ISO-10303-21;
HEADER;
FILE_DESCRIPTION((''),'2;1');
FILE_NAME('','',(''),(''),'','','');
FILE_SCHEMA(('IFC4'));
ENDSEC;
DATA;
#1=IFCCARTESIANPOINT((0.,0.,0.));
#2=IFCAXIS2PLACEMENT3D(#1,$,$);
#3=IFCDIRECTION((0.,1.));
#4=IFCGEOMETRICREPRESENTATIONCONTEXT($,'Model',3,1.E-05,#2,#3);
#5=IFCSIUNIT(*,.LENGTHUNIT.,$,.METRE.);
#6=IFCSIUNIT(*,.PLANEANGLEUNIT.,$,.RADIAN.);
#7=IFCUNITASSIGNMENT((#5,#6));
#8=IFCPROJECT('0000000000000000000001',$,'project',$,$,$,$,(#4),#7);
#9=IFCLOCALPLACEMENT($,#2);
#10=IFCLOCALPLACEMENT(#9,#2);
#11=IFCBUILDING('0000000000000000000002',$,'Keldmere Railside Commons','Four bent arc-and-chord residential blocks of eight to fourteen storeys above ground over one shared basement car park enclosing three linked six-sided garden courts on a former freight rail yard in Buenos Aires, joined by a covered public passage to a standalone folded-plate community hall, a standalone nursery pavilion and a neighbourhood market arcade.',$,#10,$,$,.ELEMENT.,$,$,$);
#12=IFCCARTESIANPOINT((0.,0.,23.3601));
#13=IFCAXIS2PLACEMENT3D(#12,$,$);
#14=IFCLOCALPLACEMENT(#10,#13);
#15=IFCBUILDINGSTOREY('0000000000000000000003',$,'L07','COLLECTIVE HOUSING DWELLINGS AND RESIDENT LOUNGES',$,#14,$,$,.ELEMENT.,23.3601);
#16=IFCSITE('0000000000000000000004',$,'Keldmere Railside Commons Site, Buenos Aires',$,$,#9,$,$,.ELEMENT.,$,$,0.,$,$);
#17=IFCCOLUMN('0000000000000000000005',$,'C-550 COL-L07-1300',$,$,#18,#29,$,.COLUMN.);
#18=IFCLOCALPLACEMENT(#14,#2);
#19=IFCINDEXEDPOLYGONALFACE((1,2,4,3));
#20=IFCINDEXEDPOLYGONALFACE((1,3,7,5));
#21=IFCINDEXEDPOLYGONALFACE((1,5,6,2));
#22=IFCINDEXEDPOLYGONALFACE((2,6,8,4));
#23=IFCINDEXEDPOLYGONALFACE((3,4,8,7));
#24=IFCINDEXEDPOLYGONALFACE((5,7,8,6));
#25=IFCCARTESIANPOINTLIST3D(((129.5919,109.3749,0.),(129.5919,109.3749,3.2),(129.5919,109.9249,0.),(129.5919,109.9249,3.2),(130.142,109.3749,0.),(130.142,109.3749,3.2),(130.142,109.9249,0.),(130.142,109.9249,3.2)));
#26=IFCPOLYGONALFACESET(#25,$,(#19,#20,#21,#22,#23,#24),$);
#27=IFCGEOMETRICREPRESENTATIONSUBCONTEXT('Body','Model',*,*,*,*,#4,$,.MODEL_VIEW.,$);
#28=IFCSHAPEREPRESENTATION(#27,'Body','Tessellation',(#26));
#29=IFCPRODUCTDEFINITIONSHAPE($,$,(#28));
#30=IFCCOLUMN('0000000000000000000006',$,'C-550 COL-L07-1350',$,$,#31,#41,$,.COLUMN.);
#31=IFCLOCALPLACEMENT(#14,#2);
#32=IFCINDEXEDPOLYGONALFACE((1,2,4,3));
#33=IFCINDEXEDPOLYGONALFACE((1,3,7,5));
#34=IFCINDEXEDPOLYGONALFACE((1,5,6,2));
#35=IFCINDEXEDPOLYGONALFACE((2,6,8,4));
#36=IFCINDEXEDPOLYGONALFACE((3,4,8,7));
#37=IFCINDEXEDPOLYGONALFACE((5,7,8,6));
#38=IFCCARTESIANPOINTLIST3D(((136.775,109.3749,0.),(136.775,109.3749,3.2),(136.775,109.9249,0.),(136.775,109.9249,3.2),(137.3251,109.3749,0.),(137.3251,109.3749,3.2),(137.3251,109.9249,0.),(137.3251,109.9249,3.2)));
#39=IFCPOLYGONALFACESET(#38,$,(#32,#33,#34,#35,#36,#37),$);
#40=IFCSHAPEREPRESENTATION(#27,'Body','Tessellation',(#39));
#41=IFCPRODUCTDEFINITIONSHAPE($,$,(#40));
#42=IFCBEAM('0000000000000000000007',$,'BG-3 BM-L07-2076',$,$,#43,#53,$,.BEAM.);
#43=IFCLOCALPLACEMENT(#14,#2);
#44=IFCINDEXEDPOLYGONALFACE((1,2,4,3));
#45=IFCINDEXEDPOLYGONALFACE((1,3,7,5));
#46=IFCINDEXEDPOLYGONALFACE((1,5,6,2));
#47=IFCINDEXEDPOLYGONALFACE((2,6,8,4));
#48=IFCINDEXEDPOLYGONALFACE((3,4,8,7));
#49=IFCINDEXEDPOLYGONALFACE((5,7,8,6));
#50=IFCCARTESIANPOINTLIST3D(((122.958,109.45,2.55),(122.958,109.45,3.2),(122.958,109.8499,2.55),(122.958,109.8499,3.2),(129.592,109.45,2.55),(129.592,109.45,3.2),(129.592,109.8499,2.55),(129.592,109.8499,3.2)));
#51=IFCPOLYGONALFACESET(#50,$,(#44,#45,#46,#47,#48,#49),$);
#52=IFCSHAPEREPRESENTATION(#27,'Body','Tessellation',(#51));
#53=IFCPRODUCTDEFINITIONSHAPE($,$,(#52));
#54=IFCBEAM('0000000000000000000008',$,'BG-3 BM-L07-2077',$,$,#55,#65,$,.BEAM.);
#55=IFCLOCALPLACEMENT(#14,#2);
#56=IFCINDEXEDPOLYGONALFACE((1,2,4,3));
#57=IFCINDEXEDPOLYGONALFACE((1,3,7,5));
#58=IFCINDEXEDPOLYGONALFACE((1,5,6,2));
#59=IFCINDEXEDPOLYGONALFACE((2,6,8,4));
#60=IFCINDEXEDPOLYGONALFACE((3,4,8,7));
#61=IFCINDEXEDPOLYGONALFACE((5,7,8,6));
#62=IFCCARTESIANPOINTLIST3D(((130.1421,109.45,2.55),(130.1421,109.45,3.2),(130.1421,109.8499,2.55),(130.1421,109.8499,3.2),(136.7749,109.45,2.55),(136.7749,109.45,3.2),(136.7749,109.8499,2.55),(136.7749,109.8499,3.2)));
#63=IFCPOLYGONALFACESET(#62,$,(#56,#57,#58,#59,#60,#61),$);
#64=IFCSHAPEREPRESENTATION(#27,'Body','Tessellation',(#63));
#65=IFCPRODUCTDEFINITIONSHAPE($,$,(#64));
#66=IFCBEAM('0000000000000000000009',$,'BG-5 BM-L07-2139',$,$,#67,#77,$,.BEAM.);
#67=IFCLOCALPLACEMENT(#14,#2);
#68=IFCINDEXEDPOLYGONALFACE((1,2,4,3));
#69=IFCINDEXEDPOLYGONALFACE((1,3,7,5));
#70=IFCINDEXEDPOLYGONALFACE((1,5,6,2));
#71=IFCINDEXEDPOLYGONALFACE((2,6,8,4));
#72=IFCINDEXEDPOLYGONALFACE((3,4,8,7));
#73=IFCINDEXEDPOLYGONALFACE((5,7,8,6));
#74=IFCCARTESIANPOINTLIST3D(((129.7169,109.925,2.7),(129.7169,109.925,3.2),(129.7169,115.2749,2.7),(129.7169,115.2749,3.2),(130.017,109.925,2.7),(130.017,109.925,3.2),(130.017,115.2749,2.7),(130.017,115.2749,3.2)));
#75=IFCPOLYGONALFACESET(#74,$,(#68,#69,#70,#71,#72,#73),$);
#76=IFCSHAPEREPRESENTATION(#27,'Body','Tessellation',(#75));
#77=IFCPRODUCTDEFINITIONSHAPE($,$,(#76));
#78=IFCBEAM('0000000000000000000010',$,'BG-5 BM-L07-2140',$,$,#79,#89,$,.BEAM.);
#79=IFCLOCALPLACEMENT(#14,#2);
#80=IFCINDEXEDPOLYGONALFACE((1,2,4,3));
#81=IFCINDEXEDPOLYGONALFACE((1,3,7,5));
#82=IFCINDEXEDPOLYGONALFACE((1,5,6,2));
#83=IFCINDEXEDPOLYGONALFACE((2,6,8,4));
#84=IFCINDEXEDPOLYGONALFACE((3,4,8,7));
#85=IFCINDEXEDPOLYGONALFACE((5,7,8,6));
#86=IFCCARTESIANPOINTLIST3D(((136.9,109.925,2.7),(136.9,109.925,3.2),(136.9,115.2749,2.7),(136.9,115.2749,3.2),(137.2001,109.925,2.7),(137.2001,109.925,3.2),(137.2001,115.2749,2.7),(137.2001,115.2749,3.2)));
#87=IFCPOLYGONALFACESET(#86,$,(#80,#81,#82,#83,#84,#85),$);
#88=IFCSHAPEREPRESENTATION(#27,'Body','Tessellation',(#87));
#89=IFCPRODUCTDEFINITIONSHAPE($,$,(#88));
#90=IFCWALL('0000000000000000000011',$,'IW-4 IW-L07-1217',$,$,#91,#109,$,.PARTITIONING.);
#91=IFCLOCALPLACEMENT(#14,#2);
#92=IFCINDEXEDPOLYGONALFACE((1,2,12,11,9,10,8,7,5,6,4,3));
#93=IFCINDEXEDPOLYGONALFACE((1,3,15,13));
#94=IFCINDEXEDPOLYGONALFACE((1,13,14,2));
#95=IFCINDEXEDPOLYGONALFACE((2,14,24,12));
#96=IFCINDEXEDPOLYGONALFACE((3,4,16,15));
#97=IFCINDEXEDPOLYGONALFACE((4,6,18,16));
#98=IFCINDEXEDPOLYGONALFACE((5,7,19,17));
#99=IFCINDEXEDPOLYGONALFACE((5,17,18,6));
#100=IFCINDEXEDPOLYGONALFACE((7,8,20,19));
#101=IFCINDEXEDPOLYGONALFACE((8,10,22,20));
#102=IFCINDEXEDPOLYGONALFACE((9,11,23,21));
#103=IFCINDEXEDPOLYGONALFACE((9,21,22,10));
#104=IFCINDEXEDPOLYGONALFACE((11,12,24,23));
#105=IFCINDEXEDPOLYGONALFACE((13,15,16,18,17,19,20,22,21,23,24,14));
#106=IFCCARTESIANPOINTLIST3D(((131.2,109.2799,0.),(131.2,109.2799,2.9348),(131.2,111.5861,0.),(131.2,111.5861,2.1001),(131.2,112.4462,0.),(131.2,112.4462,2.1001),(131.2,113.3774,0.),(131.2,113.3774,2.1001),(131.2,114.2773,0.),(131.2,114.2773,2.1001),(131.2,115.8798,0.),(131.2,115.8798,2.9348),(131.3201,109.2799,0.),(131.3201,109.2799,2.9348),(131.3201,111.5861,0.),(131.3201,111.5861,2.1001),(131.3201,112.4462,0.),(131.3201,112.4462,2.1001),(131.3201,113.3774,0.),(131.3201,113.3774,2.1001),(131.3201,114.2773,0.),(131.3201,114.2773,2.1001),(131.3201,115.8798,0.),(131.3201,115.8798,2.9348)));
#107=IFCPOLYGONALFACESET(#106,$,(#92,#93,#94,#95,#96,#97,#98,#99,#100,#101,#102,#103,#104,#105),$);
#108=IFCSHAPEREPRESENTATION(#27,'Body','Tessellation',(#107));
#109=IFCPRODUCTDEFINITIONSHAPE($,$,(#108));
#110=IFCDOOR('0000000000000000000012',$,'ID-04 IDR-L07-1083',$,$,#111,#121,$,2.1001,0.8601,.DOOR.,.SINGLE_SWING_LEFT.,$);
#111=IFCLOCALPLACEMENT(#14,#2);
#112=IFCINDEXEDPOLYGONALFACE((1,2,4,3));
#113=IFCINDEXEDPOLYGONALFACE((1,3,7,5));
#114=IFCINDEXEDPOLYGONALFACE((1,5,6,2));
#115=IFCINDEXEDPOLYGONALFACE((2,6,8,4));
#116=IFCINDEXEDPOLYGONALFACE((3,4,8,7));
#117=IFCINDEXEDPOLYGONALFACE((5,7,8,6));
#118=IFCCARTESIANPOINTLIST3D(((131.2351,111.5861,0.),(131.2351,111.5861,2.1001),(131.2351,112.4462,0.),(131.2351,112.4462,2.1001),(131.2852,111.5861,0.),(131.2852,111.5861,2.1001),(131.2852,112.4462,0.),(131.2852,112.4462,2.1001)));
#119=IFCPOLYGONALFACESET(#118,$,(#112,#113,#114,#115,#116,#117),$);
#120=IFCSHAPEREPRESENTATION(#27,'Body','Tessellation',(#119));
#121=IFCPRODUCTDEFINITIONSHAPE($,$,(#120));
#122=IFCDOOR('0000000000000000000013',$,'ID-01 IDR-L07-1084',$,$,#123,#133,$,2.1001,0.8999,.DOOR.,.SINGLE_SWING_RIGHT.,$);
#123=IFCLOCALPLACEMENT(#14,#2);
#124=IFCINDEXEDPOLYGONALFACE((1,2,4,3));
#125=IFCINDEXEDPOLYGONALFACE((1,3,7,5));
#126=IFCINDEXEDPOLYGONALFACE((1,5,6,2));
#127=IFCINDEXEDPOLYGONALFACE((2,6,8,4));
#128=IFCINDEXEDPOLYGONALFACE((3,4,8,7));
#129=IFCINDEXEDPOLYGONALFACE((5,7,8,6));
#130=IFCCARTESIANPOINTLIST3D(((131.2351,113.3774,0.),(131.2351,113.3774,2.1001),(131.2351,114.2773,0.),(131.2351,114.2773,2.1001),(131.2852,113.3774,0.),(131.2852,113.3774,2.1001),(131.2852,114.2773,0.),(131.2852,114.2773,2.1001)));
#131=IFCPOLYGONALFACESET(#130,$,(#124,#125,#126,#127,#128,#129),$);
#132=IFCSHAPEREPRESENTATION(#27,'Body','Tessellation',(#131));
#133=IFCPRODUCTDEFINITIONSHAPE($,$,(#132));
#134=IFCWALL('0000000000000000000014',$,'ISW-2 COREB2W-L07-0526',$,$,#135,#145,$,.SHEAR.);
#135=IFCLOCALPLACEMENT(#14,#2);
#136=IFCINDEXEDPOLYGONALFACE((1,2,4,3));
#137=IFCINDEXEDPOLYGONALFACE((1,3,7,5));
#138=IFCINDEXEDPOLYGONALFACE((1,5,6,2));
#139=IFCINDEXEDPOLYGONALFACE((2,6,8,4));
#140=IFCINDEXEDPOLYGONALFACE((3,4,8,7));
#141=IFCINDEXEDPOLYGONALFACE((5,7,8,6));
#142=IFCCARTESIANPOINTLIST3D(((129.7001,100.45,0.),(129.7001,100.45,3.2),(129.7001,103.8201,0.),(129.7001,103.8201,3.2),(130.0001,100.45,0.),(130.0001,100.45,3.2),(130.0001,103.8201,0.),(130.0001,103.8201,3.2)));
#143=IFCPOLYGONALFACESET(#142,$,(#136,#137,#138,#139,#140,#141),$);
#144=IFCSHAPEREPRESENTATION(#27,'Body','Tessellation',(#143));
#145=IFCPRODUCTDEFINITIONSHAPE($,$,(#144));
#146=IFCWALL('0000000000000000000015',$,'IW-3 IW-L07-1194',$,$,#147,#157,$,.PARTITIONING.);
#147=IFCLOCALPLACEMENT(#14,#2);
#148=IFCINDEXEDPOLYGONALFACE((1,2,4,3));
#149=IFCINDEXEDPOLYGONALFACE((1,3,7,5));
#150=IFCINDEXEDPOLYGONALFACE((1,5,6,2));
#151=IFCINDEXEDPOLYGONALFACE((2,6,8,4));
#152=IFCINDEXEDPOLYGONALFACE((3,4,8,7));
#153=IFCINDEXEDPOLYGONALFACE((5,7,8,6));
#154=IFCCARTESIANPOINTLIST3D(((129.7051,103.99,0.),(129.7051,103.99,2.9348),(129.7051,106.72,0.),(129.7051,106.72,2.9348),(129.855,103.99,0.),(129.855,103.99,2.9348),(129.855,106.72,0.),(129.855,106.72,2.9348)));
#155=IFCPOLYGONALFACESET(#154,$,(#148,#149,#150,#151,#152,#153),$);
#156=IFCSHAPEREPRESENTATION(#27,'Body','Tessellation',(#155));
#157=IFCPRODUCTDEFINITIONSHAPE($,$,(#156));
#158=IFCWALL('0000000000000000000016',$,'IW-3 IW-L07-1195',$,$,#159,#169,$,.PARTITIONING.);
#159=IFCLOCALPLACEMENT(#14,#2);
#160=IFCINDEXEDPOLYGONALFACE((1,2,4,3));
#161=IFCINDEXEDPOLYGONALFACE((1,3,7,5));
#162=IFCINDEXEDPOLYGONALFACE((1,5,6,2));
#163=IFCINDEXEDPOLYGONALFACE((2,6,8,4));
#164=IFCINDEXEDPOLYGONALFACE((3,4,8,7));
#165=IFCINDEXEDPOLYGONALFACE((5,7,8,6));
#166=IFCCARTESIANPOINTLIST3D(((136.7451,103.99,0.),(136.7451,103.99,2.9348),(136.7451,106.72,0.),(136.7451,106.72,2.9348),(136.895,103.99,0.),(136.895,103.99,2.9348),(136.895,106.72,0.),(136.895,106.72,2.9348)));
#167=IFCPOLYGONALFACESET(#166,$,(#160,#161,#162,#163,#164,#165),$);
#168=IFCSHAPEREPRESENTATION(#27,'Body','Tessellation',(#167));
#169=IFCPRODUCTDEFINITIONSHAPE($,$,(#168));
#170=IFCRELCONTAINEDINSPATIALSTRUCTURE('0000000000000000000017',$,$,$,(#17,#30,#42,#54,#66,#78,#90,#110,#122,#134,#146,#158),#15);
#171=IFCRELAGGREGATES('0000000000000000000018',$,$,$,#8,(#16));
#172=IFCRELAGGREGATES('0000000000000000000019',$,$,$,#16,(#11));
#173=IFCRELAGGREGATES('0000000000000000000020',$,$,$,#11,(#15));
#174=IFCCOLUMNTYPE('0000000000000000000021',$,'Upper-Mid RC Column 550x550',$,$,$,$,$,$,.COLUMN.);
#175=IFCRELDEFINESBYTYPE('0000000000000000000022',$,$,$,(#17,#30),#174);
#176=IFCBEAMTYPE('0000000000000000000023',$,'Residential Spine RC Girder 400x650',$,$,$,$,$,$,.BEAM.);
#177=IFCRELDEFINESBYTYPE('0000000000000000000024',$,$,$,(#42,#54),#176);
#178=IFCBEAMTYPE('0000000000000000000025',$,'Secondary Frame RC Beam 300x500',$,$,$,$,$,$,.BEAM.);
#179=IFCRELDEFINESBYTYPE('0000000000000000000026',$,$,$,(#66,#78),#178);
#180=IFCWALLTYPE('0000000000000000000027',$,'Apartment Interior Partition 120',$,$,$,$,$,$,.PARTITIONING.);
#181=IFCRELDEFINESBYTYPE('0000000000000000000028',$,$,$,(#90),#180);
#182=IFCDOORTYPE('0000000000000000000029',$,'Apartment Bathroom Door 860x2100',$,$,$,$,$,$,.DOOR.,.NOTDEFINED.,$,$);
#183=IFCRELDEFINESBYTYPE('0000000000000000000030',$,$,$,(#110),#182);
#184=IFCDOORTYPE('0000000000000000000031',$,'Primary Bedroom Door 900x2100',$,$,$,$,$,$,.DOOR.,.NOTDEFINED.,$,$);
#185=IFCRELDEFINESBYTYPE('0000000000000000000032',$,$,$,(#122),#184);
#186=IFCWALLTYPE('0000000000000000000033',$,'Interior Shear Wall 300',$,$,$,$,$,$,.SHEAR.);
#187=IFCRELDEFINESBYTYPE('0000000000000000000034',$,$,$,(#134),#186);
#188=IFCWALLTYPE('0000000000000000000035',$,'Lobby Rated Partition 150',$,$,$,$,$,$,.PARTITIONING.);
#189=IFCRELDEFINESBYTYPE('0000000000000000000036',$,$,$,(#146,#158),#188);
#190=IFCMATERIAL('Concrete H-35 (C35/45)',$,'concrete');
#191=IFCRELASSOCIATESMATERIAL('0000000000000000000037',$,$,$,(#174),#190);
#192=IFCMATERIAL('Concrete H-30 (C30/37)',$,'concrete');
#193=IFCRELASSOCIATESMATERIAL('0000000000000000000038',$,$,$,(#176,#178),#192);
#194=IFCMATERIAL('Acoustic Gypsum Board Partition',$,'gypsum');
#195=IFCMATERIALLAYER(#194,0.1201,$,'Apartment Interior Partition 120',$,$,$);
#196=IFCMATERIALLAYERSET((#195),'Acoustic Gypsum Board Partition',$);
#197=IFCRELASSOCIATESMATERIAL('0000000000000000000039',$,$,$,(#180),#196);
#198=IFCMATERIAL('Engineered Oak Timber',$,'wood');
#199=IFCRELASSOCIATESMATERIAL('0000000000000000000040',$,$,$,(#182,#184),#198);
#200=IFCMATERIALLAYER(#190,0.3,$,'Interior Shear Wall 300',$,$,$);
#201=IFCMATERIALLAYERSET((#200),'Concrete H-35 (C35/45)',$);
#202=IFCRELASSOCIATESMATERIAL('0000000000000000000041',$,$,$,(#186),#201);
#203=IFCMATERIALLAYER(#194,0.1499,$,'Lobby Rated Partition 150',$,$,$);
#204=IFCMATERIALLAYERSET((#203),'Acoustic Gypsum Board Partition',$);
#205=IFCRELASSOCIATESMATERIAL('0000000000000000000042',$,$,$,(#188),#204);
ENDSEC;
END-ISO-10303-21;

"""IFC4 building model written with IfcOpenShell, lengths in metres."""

from ifc_helpers import new_model, si_unit, direction, frame, frame_2d, origin, origin_2d, place, context, subcontext, project, spatial, rectangle, extrude, material, layer, layer_set, material_profile, profile_set, type_object, element, fill, save


model = new_model("IFC4")

# Units and contexts
model_context = context("Model", 3, precision=1e-05, world=origin(), true_north=direction((0.0, 1.0)))
body_context = subcontext(model_context, "Body", "Model", "MODEL_VIEW")
ifc_project = project(units=[si_unit("LENGTHUNIT", "METRE"), si_unit("PLANEANGLEUNIT", "RADIAN")], contexts=[model_context])

# Site, building, storey
site_placement = place(None, origin())
site = spatial("IfcSite", under=ifc_project, at=site_placement, Name="Keldmere Railside Commons Site, Buenos Aires", CompositionType="ELEMENT", RefElevation=0.0)
building_placement = place(site_placement, origin())
building = spatial("IfcBuilding", under=site, at=building_placement, Name="Keldmere Railside Commons", Description="Four bent arc-and-chord residential blocks of eight to fourteen storeys above ground over one shared basement car park enclosing three linked six-sided garden courts on a former freight rail yard in Buenos Aires, joined by a covered public passage to a standalone folded-plate community hall, a standalone nursery pavilion and a neighbourhood market arcade.", CompositionType="ELEMENT")
storey_placement = place(building_placement, frame((0.0, 0.0, 23.3601)))
storey = spatial("IfcBuildingStorey", under=building, at=storey_placement, Name="L07", Description="COLLECTIVE HOUSING DWELLINGS AND RESIDENT LOUNGES", CompositionType="ELEMENT", Elevation=23.3601)

# Columns
ifc_material_1 = material(Name="Concrete H-35 (C35/45)", Category="concrete")
ifc_material_profile_1 = material_profile(ifc_material_1, rectangle(XDim=0.55, YDim=0.55, at=origin_2d()), Name="RC-550x550")
ifc_profile_set_1 = profile_set([ifc_material_profile_1], Name="Concrete H-35 (C35/45)")
column_type = type_object("IfcColumnType", Name="Upper-Mid RC Column 550x550", PredefinedType="COLUMN", material=ifc_profile_set_1)
for number, where, z_axis, x_axis, name in (
    (1, (129.8669, 109.6499, 0.0), (0.0, 0.0, 1.0), (1.0, 0.0, 0.0), "C-550 COL-L07-1300"),
    (2, (137.05, 109.6499, 0.0), (0.0, 0.0, 1.0), (1.0, 0.0, 0.0), "C-550 COL-L07-1350"),
):
    element("IfcColumn", number, at=place(storey_placement, frame(where, z_axis=z_axis, x_axis=x_axis)), inside=storey, type_object=column_type, Name=name, PredefinedType="COLUMN", context=body_context, shape_type="SweptSolid", body=[
        extrude(rectangle(XDim=0.55, YDim=0.55, at=origin_2d()), origin(), (0.0, 0.0, 1.0), 3.2),
    ])

# Beams
ifc_material_2 = material(Name="Concrete H-30 (C30/37)", Category="concrete")
ifc_material_profile_2 = material_profile(ifc_material_2, rectangle(XDim=0.3999, YDim=0.6499, at=origin_2d()), Name="RC-400x650")
ifc_profile_set_2 = profile_set([ifc_material_profile_2], Name="Concrete H-30 (C30/37)")
beam_type_1 = type_object("IfcBeamType", Name="Residential Spine RC Girder 400x650", PredefinedType="BEAM", material=ifc_profile_set_2)
beam_1_placement = place(storey_placement, frame((122.958, 109.6499, 2.875), z_axis=(1.0, 0.0, 0.0), x_axis=(0.0, 1.0, 0.0)))
element("IfcBeam", 3, at=beam_1_placement, inside=storey, type_object=beam_type_1, Name="BG-3 BM-L07-2076", PredefinedType="BEAM", context=body_context, shape_type="SweptSolid", body=[
    extrude(rectangle(XDim=0.3999, YDim=0.6499, at=origin_2d()), origin(), (0.0, 0.0, 1.0), 6.634),
])
beam_2_placement = place(storey_placement, frame((130.1421, 109.6499, 2.875), z_axis=(1.0, 0.0, 0.0), x_axis=(0.0, 1.0, 0.0)))
element("IfcBeam", 4, at=beam_2_placement, inside=storey, type_object=beam_type_1, Name="BG-3 BM-L07-2077", PredefinedType="BEAM", context=body_context, shape_type="SweptSolid", body=[
    extrude(rectangle(XDim=0.3999, YDim=0.6499, at=origin_2d()), origin(), (0.0, 0.0, 1.0), 6.6328),
])
ifc_material_profile_3 = material_profile(ifc_material_2, rectangle(XDim=0.3, YDim=0.5, at=origin_2d()), Name="RC-300x500")
ifc_profile_set_3 = profile_set([ifc_material_profile_3], Name="Concrete H-30 (C30/37)")
beam_type_2 = type_object("IfcBeamType", Name="Secondary Frame RC Beam 300x500", PredefinedType="BEAM", material=ifc_profile_set_3)
for number, where, z_axis, x_axis, name in (
    (5, (129.8669, 109.925, 2.95), (0.0, 1.0, 0.0), (-1.0, 0.0, 0.0), "BG-5 BM-L07-2139"),
    (6, (137.05, 109.925, 2.95), (0.0, 1.0, 0.0), (-1.0, 0.0, 0.0), "BG-5 BM-L07-2140"),
):
    element("IfcBeam", number, at=place(storey_placement, frame(where, z_axis=z_axis, x_axis=x_axis)), inside=storey, type_object=beam_type_2, Name=name, PredefinedType="BEAM", context=body_context, shape_type="SweptSolid", body=[
        extrude(rectangle(XDim=0.3, YDim=0.5, at=origin_2d()), origin(), (0.0, 0.0, 1.0), 5.3499),
    ])

# Wall, openings, doors
ifc_material_3 = material(Name="Acoustic Gypsum Board Partition", Category="gypsum")
ifc_layer_1 = layer(ifc_material_3, 0.1201, Name="Apartment Interior Partition 120")
ifc_layer_set_1 = layer_set([ifc_layer_1], Name="Acoustic Gypsum Board Partition")
wall_type_1 = type_object("IfcWallType", Name="Apartment Interior Partition 120", PredefinedType="PARTITIONING", material=ifc_layer_set_1)
wall_1_placement = place(storey_placement, frame((131.26, 109.28, 0.0), z_axis=(0.0, 0.0, 1.0), x_axis=(0.0, 1.0, 0.0)))
wall_1 = element("IfcWall", 7, at=wall_1_placement, inside=storey, type_object=wall_type_1, Name="IW-4 IW-L07-1217", PredefinedType="PARTITIONING", context=body_context, shape_type="SweptSolid", body=[
    extrude(rectangle(XDim=6.5999, YDim=0.1201, at=frame_2d((3.2998, 0.0))), origin(), (0.0, 0.0, 1.0), 2.9348),
])
opening_1_placement = place(wall_1_placement, frame((2.3059, 0.0, 0.0)))
opening_1 = element("IfcOpeningElement", 8, at=opening_1_placement, cuts=wall_1, PredefinedType="OPENING", context=body_context, shape_type="SweptSolid", body=[
    extrude(rectangle(XDim=0.8601, YDim=2.1001, at=frame_2d((0.4302, 1.05))), frame((0.0, 0.0701, 0.0), z_axis=(0.0, -1.0, 0.0), x_axis=(1.0, 0.0, 0.0)), (0.0, 0.0, 1.0), 0.1401),
])
opening_2_placement = place(wall_1_placement, frame((4.0974, 0.0, 0.0)))
opening_2 = element("IfcOpeningElement", 9, at=opening_2_placement, cuts=wall_1, PredefinedType="OPENING", context=body_context, shape_type="SweptSolid", body=[
    extrude(rectangle(XDim=0.8999, YDim=2.1001, at=frame_2d((0.45, 1.05))), frame((0.0, 0.0701, 0.0), z_axis=(0.0, -1.0, 0.0), x_axis=(1.0, 0.0, 0.0)), (0.0, 0.0, 1.0), 0.1401),
])
ifc_material_4 = material(Name="Engineered Oak Timber", Category="wood")
door_type_1 = type_object("IfcDoorType", Name="Apartment Bathroom Door 860x2100", OperationType="NOTDEFINED", PredefinedType="DOOR", material=ifc_material_4)
door_1_placement = place(opening_1_placement, origin())
door_1 = element("IfcDoor", 10, at=door_1_placement, inside=storey, type_object=door_type_1, Name="ID-04 IDR-L07-1083", OperationType="SINGLE_SWING_LEFT", OverallHeight=2.1001, OverallWidth=0.8601, PredefinedType="DOOR", context=body_context, shape_type="SweptSolid", body=[
    extrude(rectangle(XDim=0.8601, YDim=2.1001, at=frame_2d((0.4302, 1.05))), frame((0.0, 0.0249, 0.0), z_axis=(0.0, -1.0, 0.0), x_axis=(1.0, 0.0, 0.0)), (0.0, 0.0, 1.0), 0.05),
])
fill(opening_1, door_1)
door_type_2 = type_object("IfcDoorType", Name="Primary Bedroom Door 900x2100", OperationType="NOTDEFINED", PredefinedType="DOOR", material=ifc_material_4)
door_2_placement = place(opening_2_placement, origin())
door_2 = element("IfcDoor", 11, at=door_2_placement, inside=storey, type_object=door_type_2, Name="ID-01 IDR-L07-1084", OperationType="SINGLE_SWING_RIGHT", OverallHeight=2.1001, OverallWidth=0.8999, PredefinedType="DOOR", context=body_context, shape_type="SweptSolid", body=[
    extrude(rectangle(XDim=0.8999, YDim=2.1001, at=frame_2d((0.45, 1.05))), frame((0.0, 0.0249, 0.0), z_axis=(0.0, -1.0, 0.0), x_axis=(1.0, 0.0, 0.0)), (0.0, 0.0, 1.0), 0.05),
])
fill(opening_2, door_2)

# Wall
ifc_layer_2 = layer(ifc_material_1, 0.3, Name="Interior Shear Wall 300")
ifc_layer_set_2 = layer_set([ifc_layer_2], Name="Concrete H-35 (C35/45)")
wall_type_2 = type_object("IfcWallType", Name="Interior Shear Wall 300", PredefinedType="SHEAR", material=ifc_layer_set_2)
wall_2_placement = place(storey_placement, frame((129.8501, 103.8201, 0.0), z_axis=(0.0, 0.0, 1.0), x_axis=(0.0, -1.0, 0.0)))
element("IfcWall", 12, at=wall_2_placement, inside=storey, type_object=wall_type_2, Name="ISW-2 COREB2W-L07-0526", PredefinedType="SHEAR", context=body_context, shape_type="SweptSolid", body=[
    extrude(rectangle(XDim=3.3701, YDim=0.3, at=frame_2d((1.6851, 0.0))), origin(), (0.0, 0.0, 1.0), 3.2),
])

# Walls
ifc_layer_3 = layer(ifc_material_3, 0.1499, Name="Lobby Rated Partition 150")
ifc_layer_set_3 = layer_set([ifc_layer_3], Name="Acoustic Gypsum Board Partition")
wall_type_3 = type_object("IfcWallType", Name="Lobby Rated Partition 150", PredefinedType="PARTITIONING", material=ifc_layer_set_3)
for number, where, z_axis, x_axis, name in (
    (13, (129.78, 103.99, 0.0), (0.0, 0.0, 1.0), (0.0, 1.0, 0.0), "IW-3 IW-L07-1194"),
    (14, (136.8201, 103.99, 0.0), (0.0, 0.0, 1.0), (0.0, 1.0, 0.0), "IW-3 IW-L07-1195"),
):
    element("IfcWall", number, at=place(storey_placement, frame(where, z_axis=z_axis, x_axis=x_axis)), inside=storey, type_object=wall_type_3, Name=name, PredefinedType="PARTITIONING", context=body_context, shape_type="SweptSolid", body=[
        extrude(rectangle(XDim=2.73, YDim=0.1499, at=frame_2d((1.365, 0.0))), origin(), (0.0, 0.0, 1.0), 2.9348),
    ])

save(model, "model.ifc")
